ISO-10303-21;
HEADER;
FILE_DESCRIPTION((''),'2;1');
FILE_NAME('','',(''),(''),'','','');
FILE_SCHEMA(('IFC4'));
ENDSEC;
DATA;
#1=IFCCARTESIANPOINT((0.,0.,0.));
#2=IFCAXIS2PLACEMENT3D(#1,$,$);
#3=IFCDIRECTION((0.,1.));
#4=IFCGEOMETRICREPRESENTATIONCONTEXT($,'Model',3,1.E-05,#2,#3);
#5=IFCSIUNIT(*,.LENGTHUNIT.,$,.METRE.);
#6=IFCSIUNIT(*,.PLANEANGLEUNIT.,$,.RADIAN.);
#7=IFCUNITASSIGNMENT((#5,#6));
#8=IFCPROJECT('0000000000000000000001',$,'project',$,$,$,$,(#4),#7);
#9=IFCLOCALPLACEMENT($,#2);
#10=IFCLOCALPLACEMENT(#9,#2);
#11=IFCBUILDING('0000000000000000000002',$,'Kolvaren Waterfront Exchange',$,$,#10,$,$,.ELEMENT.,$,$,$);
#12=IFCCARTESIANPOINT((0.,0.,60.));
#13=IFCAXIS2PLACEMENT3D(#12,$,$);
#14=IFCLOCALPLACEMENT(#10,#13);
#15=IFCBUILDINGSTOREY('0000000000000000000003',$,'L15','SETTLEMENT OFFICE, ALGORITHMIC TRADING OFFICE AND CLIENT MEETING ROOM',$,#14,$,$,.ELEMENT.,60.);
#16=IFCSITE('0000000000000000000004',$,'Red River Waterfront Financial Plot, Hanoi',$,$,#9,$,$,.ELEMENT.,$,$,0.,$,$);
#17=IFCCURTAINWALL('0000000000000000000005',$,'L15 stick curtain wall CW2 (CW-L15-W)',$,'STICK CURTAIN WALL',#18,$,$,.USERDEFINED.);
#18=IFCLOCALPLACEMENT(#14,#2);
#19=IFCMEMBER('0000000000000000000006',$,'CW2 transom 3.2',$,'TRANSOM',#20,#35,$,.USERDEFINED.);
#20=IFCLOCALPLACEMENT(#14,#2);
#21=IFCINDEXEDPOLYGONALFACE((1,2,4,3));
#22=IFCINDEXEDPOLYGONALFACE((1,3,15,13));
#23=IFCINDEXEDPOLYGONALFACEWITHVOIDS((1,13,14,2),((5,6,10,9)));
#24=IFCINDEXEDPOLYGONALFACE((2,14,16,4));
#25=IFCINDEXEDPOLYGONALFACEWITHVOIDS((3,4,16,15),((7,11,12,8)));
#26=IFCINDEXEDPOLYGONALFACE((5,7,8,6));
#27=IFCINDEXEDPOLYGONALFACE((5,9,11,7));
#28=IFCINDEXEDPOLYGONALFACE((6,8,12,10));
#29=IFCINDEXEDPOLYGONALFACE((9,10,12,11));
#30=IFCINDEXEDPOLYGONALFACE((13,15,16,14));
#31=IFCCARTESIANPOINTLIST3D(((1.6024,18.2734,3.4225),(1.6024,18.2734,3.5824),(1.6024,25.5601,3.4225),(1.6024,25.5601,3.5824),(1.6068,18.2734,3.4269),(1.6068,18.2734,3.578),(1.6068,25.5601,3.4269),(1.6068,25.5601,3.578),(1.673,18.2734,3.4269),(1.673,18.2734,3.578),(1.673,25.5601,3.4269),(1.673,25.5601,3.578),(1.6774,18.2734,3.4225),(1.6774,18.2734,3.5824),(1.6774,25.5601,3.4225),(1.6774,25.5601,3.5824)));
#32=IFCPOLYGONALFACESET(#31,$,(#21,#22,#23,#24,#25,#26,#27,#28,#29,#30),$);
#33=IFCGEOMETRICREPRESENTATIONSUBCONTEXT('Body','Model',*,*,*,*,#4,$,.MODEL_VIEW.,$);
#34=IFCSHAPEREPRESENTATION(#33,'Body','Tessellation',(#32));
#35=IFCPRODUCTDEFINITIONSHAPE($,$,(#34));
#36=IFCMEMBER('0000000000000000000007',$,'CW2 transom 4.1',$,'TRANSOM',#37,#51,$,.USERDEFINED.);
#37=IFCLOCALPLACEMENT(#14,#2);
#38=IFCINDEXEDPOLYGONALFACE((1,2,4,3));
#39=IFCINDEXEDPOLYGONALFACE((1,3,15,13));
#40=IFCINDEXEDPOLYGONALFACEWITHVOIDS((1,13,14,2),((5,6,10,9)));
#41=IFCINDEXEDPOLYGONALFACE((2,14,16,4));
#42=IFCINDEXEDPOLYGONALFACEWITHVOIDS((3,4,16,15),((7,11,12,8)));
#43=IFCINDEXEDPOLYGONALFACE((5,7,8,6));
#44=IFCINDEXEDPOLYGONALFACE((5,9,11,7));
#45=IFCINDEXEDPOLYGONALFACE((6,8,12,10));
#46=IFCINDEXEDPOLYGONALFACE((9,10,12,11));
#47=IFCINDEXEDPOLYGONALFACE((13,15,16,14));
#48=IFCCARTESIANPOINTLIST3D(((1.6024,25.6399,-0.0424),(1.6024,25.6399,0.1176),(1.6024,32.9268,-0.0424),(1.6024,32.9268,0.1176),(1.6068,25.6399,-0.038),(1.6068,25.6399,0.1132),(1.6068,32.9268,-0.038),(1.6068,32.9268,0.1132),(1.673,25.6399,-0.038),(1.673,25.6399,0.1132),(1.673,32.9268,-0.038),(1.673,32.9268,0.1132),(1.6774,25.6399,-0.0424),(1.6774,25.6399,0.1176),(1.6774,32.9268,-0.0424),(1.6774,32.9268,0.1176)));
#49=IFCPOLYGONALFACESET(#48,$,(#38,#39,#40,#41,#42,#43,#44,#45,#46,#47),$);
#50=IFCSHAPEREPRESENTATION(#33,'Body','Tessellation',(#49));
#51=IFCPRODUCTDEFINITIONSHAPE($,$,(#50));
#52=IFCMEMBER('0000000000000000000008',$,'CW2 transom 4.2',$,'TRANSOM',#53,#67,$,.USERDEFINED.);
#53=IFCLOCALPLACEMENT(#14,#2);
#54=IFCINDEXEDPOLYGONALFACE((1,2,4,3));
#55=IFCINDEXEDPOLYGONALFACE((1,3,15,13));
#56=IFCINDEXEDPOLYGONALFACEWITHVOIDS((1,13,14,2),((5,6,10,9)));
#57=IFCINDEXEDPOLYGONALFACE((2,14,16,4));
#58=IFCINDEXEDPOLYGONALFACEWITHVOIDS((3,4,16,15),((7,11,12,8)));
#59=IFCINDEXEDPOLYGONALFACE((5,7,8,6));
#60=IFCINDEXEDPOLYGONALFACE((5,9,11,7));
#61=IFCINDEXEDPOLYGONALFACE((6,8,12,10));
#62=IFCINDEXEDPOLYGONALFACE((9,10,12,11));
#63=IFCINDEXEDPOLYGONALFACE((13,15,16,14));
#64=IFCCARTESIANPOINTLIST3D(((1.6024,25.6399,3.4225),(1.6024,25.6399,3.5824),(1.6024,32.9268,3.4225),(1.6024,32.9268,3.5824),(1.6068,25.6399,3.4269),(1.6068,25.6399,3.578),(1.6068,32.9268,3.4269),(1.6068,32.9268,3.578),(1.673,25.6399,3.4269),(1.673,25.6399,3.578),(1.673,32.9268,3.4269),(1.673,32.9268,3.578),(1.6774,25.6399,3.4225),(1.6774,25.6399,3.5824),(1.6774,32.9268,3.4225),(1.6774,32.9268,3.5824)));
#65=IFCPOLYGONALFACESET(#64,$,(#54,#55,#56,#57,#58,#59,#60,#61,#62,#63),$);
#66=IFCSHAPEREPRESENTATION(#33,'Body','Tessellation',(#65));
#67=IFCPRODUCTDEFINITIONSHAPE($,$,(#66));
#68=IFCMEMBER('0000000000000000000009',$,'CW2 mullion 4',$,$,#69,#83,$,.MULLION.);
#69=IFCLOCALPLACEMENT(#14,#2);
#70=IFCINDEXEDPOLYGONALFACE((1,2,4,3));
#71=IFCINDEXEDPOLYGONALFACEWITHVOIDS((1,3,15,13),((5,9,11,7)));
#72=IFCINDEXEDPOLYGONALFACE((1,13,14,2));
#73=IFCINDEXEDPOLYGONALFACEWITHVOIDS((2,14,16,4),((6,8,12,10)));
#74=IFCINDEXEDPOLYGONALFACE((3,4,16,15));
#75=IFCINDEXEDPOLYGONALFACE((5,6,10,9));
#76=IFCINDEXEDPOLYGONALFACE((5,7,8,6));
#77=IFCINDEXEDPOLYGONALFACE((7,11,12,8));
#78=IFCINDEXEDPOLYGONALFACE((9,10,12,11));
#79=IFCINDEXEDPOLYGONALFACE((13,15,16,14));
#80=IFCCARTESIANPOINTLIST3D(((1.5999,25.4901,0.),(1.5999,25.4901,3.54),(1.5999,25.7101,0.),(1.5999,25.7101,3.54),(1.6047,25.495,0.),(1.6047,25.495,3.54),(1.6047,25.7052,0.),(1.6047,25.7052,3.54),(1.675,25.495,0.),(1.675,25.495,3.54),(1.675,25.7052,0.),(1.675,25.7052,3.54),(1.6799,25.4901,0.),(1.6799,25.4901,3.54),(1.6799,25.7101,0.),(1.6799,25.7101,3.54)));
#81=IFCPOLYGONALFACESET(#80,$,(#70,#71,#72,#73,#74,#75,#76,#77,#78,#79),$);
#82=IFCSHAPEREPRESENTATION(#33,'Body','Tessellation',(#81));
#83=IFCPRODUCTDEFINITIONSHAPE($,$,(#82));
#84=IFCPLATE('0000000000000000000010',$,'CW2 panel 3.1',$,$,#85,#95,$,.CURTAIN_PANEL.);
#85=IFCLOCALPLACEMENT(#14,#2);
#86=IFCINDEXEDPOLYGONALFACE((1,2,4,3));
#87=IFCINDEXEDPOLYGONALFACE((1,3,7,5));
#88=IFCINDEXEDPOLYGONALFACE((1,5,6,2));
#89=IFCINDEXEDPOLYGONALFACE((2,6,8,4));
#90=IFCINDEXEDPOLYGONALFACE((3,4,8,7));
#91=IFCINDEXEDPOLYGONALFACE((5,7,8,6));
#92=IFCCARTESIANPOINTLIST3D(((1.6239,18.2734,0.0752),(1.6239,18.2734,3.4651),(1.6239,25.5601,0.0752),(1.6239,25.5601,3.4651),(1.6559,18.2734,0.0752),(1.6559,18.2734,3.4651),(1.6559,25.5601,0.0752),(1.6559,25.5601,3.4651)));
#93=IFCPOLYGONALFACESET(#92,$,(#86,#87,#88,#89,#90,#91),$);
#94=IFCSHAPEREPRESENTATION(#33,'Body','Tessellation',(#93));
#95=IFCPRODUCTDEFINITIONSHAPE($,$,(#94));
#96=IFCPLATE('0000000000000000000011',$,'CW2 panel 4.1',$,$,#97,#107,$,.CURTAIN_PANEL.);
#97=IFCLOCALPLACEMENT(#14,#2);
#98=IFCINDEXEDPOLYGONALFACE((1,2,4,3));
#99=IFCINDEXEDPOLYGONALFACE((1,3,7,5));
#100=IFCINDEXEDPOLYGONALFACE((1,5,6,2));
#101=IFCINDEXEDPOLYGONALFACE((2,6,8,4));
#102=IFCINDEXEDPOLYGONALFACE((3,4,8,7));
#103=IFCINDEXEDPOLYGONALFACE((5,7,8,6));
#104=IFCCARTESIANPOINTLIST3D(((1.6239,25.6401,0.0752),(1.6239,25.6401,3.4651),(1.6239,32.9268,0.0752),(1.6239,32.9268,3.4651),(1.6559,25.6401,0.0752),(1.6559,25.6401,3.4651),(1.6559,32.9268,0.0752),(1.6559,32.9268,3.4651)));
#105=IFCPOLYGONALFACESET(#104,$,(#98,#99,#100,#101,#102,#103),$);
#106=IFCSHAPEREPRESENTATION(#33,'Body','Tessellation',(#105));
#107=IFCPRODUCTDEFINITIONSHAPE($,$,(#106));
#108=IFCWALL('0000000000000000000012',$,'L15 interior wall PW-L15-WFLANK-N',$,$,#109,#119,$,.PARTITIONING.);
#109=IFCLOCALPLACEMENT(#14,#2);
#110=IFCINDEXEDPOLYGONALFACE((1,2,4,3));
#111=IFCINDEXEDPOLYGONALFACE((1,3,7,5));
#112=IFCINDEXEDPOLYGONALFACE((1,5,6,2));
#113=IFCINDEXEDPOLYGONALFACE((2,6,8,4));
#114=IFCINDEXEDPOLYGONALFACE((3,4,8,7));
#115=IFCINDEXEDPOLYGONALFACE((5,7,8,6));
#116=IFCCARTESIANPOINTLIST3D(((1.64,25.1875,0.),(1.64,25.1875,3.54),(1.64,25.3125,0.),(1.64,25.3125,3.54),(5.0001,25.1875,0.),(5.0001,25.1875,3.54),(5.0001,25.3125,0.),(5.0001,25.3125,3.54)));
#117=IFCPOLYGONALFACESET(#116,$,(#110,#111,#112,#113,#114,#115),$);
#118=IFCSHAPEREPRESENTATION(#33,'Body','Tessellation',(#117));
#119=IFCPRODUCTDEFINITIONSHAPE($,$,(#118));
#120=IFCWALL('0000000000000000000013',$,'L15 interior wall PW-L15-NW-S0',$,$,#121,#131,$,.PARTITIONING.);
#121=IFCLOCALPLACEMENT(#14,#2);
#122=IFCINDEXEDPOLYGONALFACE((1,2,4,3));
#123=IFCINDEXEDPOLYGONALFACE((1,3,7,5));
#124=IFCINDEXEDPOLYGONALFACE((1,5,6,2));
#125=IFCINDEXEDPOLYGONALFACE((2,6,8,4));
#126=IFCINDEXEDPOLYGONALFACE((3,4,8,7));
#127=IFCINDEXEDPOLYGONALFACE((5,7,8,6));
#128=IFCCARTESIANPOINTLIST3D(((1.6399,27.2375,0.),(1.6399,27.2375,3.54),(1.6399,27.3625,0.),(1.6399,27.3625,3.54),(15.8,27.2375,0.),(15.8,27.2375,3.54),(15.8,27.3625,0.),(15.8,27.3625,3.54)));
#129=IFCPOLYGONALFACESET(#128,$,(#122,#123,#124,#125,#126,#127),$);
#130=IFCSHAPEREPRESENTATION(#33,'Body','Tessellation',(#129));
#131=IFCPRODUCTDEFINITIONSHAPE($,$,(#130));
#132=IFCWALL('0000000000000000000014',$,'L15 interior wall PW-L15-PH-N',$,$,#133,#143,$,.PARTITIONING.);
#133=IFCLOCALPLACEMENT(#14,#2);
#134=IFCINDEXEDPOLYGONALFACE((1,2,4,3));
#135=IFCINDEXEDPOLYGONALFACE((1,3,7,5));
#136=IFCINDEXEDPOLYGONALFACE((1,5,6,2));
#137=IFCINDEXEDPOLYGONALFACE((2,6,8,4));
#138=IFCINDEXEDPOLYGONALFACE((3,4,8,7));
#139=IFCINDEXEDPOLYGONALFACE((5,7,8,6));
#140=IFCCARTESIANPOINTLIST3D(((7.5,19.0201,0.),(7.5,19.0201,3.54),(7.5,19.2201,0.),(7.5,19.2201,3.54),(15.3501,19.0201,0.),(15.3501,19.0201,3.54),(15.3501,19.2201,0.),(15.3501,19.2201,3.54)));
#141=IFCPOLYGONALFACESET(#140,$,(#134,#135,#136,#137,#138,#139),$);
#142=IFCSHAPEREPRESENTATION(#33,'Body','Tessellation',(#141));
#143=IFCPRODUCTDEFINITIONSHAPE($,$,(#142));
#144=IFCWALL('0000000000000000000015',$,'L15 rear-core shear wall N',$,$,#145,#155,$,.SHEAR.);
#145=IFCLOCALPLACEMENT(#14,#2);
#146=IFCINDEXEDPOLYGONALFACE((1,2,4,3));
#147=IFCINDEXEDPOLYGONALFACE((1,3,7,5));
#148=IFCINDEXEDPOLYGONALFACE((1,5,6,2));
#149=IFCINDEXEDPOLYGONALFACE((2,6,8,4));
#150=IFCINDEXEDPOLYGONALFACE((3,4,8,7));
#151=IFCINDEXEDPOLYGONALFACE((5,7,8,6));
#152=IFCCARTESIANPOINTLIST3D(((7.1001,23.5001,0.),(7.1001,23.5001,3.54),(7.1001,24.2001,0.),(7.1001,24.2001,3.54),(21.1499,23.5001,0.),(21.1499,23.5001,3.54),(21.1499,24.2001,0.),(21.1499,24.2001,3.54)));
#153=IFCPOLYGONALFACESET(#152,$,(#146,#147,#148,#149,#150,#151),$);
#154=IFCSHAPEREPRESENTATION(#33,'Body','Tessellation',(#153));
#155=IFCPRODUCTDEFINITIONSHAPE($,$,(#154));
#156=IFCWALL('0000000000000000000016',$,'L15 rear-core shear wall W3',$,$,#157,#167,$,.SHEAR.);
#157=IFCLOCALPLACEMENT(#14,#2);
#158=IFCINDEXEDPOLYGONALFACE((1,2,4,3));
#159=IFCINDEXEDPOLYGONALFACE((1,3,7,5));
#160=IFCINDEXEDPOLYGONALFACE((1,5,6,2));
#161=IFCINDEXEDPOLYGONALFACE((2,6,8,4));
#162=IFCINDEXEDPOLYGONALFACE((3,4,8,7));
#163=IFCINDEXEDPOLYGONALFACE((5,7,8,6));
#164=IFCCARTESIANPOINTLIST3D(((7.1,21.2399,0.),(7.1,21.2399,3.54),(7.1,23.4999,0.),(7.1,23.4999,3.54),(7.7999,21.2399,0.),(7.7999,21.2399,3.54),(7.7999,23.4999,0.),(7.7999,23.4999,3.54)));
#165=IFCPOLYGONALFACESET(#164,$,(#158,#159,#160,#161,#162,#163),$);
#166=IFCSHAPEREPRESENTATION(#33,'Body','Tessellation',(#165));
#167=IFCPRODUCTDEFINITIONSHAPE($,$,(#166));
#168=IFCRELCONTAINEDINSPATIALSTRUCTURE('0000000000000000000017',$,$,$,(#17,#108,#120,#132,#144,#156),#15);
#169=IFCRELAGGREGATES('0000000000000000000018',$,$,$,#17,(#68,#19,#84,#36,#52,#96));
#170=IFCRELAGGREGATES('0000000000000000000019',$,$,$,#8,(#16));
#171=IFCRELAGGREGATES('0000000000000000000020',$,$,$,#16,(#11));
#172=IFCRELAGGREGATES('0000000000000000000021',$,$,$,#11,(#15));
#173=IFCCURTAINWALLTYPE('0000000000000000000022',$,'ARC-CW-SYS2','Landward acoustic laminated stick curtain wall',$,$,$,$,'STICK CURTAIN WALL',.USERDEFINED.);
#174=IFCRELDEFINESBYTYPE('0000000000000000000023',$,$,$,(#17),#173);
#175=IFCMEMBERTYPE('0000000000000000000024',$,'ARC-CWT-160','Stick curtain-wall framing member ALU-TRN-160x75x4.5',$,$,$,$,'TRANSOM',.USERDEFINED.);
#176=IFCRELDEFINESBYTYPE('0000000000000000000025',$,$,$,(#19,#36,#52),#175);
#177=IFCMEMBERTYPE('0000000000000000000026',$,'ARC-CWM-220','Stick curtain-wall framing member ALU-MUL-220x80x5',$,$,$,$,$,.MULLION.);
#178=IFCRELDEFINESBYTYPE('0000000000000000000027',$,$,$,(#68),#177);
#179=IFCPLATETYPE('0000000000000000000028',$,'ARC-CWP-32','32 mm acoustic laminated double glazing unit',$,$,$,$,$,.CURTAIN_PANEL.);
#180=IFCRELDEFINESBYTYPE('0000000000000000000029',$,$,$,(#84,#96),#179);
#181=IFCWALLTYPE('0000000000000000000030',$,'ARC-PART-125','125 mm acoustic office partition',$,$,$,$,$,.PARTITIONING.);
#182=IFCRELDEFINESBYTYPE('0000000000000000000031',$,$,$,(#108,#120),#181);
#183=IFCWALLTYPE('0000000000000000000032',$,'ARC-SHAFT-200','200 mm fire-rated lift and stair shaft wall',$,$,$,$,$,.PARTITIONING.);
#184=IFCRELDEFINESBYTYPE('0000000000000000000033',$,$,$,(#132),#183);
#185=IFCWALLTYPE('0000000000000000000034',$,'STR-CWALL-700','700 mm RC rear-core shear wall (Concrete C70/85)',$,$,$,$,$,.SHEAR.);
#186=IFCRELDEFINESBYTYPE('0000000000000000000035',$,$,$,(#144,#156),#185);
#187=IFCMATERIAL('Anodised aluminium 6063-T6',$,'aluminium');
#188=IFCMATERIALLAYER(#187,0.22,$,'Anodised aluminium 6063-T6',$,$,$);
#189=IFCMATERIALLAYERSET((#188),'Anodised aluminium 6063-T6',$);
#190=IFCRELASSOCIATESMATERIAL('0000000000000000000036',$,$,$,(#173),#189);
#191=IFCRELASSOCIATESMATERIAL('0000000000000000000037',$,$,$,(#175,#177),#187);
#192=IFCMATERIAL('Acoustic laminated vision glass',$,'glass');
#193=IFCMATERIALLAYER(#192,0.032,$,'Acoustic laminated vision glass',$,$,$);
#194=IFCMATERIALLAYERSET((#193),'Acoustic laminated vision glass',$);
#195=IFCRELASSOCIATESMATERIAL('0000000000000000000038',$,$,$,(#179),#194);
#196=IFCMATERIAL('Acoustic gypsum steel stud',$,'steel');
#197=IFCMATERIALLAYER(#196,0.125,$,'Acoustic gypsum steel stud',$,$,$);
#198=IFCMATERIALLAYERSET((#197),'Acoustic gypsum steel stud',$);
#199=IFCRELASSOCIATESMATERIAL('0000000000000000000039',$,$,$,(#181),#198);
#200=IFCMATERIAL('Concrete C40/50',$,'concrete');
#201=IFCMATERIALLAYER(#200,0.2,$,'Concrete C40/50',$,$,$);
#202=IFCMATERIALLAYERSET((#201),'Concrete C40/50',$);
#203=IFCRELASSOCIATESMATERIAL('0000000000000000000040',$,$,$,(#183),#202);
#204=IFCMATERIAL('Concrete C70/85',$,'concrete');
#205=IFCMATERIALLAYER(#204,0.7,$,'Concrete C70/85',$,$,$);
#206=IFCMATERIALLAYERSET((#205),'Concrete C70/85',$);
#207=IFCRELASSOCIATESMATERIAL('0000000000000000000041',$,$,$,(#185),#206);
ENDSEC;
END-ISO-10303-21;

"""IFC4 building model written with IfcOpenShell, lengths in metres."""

from ifc_helpers import new_model, si_unit, direction, frame, frame_2d, origin, origin_with_axes, origin_2d, place, context, subcontext, project, spatial, rectangle, hollow_rectangle, extrude, source, transform, mapped, material, layer, layer_set, material_profile, profile_set, type_object, element, aggregate, save


model = new_model("IFC4")

# Units and contexts
model_context = context("Model", 3, precision=1e-05, world=origin(), true_north=direction((0.0, 1.0)))
body_context = subcontext(model_context, "Body", "Model", "MODEL_VIEW")
ifc_project = project(units=[si_unit("LENGTHUNIT", "METRE"), si_unit("PLANEANGLEUNIT", "RADIAN")], contexts=[model_context])

# Site, building, storey
site_placement = place(None, origin())
site = spatial("IfcSite", under=ifc_project, at=site_placement, Name="Red River Waterfront Financial Plot, Hanoi", CompositionType="ELEMENT", RefElevation=0.0)
building_placement = place(site_placement, origin())
building = spatial("IfcBuilding", under=site, at=building_placement, Name="Kolvaren Waterfront Exchange", CompositionType="ELEMENT")
storey_placement = place(building_placement, frame((0.0, 0.0, 60.0)))
storey = spatial("IfcBuildingStorey", under=building, at=storey_placement, Name="L15", Description="SETTLEMENT OFFICE, ALGORITHMIC TRADING OFFICE AND CLIENT MEETING ROOM", CompositionType="ELEMENT", Elevation=60.0)

# Shared definitions
ifc_material_1 = material(Name="Concrete C70/85", Category="concrete")

# Curtain wall, members, plates
ifc_material_2 = material(Name="Anodised aluminium 6063-T6", Category="aluminium")
ifc_layer_1 = layer(ifc_material_2, 0.22, Name="Anodised aluminium 6063-T6")
ifc_layer_set_1 = layer_set([ifc_layer_1], Name="Anodised aluminium 6063-T6")
curtain_wall_type = type_object("IfcCurtainWallType", Name="ARC-CW-SYS2", Description="Landward acoustic laminated stick curtain wall", ElementType="STICK CURTAIN WALL", PredefinedType="USERDEFINED", material=ifc_layer_set_1)
curtain_wall_placement = place(storey_placement, origin())
curtain_wall = element("IfcCurtainWall", 1, at=curtain_wall_placement, inside=storey, type_object=curtain_wall_type, Name="L15 stick curtain wall CW2 (CW-L15-W)", ObjectType="STICK CURTAIN WALL", PredefinedType="USERDEFINED")
ifc_material_profile_1 = material_profile(ifc_material_2, hollow_rectangle(XDim=0.075, YDim=0.1599, WallThickness=0.0044, at=origin_2d()), Name="ALU-TRN-160x75x4.5")
ifc_profile_set_1 = profile_set([ifc_material_profile_1], Name="Anodised aluminium 6063-T6")
member_type_1 = type_object("IfcMemberType", Name="ARC-CWT-160", Description="Stick curtain-wall framing member ALU-TRN-160x75x4.5", ElementType="TRANSOM", PredefinedType="USERDEFINED", material=ifc_profile_set_1)
shared_shape_1 = source(origin_with_axes(), body_context, "Body", "SweptSolid", [
    extrude(hollow_rectangle(XDim=0.075, YDim=0.1599, WallThickness=0.0044, at=origin_2d()), origin(), (0.0, 0.0, 1.0), 7.2866),
])
member_1_placement = place(storey_placement, frame((1.6399, 18.2734, 3.5024), z_axis=(0.0, 1.0, 0.0), x_axis=(-1.0, 0.0, 0.0)))
member_1 = element("IfcMember", 2, at=member_1_placement, type_object=member_type_1, Name="CW2 transom 3.2", ObjectType="TRANSOM", PredefinedType="USERDEFINED", context=body_context, shape_type="MappedRepresentation", body=[
    mapped(shared_shape_1, transform((0.0, 0.0, 0.0), x_axis=(1.0, 0.0, 0.0), y_axis=(0.0, 1.0, 0.0), z_axis=(0.0, 0.0, 1.0), scale=1.0)),
])
shared_shape_2 = source(origin_with_axes(), body_context, "Body", "SweptSolid", [
    extrude(hollow_rectangle(XDim=0.075, YDim=0.1599, WallThickness=0.0044, at=origin_2d()), origin(), (0.0, 0.0, 1.0), 7.2869),
])
member_2_placement = place(storey_placement, frame((1.6399, 25.6399, 0.0376), z_axis=(0.0, 1.0, 0.0), x_axis=(-1.0, 0.0, 0.0)))
member_2 = element("IfcMember", 3, at=member_2_placement, type_object=member_type_1, Name="CW2 transom 4.1", ObjectType="TRANSOM", PredefinedType="USERDEFINED", context=body_context, shape_type="MappedRepresentation", body=[
    mapped(shared_shape_2, transform((0.0, 0.0, 0.0), x_axis=(1.0, 0.0, 0.0), y_axis=(0.0, 1.0, 0.0), z_axis=(0.0, 0.0, 1.0), scale=1.0)),
])
member_3_placement = place(storey_placement, frame((1.6399, 25.6399, 3.5024), z_axis=(0.0, 1.0, 0.0), x_axis=(-1.0, 0.0, 0.0)))
member_3 = element("IfcMember", 4, at=member_3_placement, type_object=member_type_1, Name="CW2 transom 4.2", ObjectType="TRANSOM", PredefinedType="USERDEFINED", context=body_context, shape_type="MappedRepresentation", body=[
    mapped(shared_shape_2, transform((0.0, 0.0, 0.0), x_axis=(1.0, 0.0, 0.0), y_axis=(0.0, 1.0, 0.0), z_axis=(0.0, 0.0, 1.0), scale=1.0)),
])
ifc_material_profile_2 = material_profile(ifc_material_2, hollow_rectangle(XDim=0.0801, YDim=0.22, WallThickness=0.0049, at=origin_2d()), Name="ALU-MUL-220x80x5")
ifc_profile_set_2 = profile_set([ifc_material_profile_2], Name="Anodised aluminium 6063-T6")
member_type_2 = type_object("IfcMemberType", Name="ARC-CWM-220", Description="Stick curtain-wall framing member ALU-MUL-220x80x5", PredefinedType="MULLION", material=ifc_profile_set_2)
shared_shape_3 = source(origin_with_axes(), body_context, "Body", "SweptSolid", [
    extrude(hollow_rectangle(XDim=0.0801, YDim=0.22, WallThickness=0.0049, at=origin_2d()), origin(), (0.0, 0.0, 1.0), 3.54),
])
member_4_placement = place(storey_placement, frame((1.6399, 25.6001, 0.0), z_axis=(0.0, 0.0, 1.0), x_axis=(-1.0, 0.0, 0.0)))
member_4 = element("IfcMember", 5, at=member_4_placement, type_object=member_type_2, Name="CW2 mullion 4", PredefinedType="MULLION", context=body_context, shape_type="MappedRepresentation", body=[
    mapped(shared_shape_3, transform((0.0, 0.0, 0.0), x_axis=(1.0, 0.0, 0.0), y_axis=(0.0, 1.0, 0.0), z_axis=(0.0, 0.0, 1.0), scale=1.0)),
])
ifc_material_3 = material(Name="Acoustic laminated vision glass", Category="glass")
ifc_layer_2 = layer(ifc_material_3, 0.032, Name="Acoustic laminated vision glass")
ifc_layer_set_2 = layer_set([ifc_layer_2], Name="Acoustic laminated vision glass")
plate_type = type_object("IfcPlateType", Name="ARC-CWP-32", Description="32 mm acoustic laminated double glazing unit", PredefinedType="CURTAIN_PANEL", material=ifc_layer_set_2)
shared_shape_4 = source(origin_with_axes(), body_context, "Body", "SweptSolid", [
    extrude(rectangle(XDim=7.2866, YDim=0.032, at=origin_2d()), origin(), (0.0, 0.0, 1.0), 3.3899),
])
plate_1_placement = place(storey_placement, frame((1.6399, 21.9167, 0.0752), z_axis=(0.0, 0.0, 1.0), x_axis=(0.0, 1.0, 0.0)))
plate_1 = element("IfcPlate", 6, at=plate_1_placement, type_object=plate_type, Name="CW2 panel 3.1", PredefinedType="CURTAIN_PANEL", context=body_context, shape_type="MappedRepresentation", body=[
    mapped(shared_shape_4, transform((0.0, 0.0, 0.0), x_axis=(1.0, 0.0, 0.0), y_axis=(0.0, 1.0, 0.0), z_axis=(0.0, 0.0, 1.0), scale=1.0)),
])
plate_2_placement = place(storey_placement, frame((1.6399, 29.2834, 0.0752), z_axis=(0.0, 0.0, 1.0), x_axis=(0.0, 1.0, 0.0)))
plate_2 = element("IfcPlate", 7, at=plate_2_placement, type_object=plate_type, Name="CW2 panel 4.1", PredefinedType="CURTAIN_PANEL", context=body_context, shape_type="MappedRepresentation", body=[
    mapped(shared_shape_4, transform((0.0, 0.0, 0.0), x_axis=(1.0, 0.0, 0.0), y_axis=(0.0, 1.0, 0.0), z_axis=(0.0, 0.0, 1.0), scale=1.0)),
])
aggregate(curtain_wall, [member_4, member_1, plate_1, member_2, member_3, plate_2])

# Walls
ifc_material_4 = material(Name="Acoustic gypsum steel stud", Category="steel")
ifc_layer_3 = layer(ifc_material_4, 0.125, Name="Acoustic gypsum steel stud")
ifc_layer_set_3 = layer_set([ifc_layer_3], Name="Acoustic gypsum steel stud")
wall_type_1 = type_object("IfcWallType", Name="ARC-PART-125", Description="125 mm acoustic office partition", PredefinedType="PARTITIONING", material=ifc_layer_set_3)
wall_1_placement = place(storey_placement, frame((1.6399, 25.25, 0.0), z_axis=(0.0, 0.0, 1.0), x_axis=(1.0, 0.0, 0.0)))
element("IfcWall", 8, at=wall_1_placement, inside=storey, type_object=wall_type_1, Name="L15 interior wall PW-L15-WFLANK-N", PredefinedType="PARTITIONING", context=body_context, shape_type="SweptSolid", body=[
    extrude(rectangle(XDim=3.3601, YDim=0.125, at=frame_2d((1.6802, 0.0))), origin(), (0.0, 0.0, 1.0), 3.54),
])
wall_2_placement = place(storey_placement, frame((1.6399, 27.3, 0.0), z_axis=(0.0, 0.0, 1.0), x_axis=(1.0, 0.0, 0.0)))
element("IfcWall", 9, at=wall_2_placement, inside=storey, type_object=wall_type_1, Name="L15 interior wall PW-L15-NW-S0", PredefinedType="PARTITIONING", context=body_context, shape_type="SweptSolid", body=[
    extrude(rectangle(XDim=14.1602, YDim=0.125, at=frame_2d((7.0801, 0.0))), origin(), (0.0, 0.0, 1.0), 3.54),
])
ifc_material_5 = material(Name="Concrete C40/50", Category="concrete")
ifc_layer_4 = layer(ifc_material_5, 0.2, Name="Concrete C40/50")
ifc_layer_set_4 = layer_set([ifc_layer_4], Name="Concrete C40/50")
wall_type_2 = type_object("IfcWallType", Name="ARC-SHAFT-200", Description="200 mm fire-rated lift and stair shaft wall", PredefinedType="PARTITIONING", material=ifc_layer_set_4)
wall_3_placement = place(storey_placement, frame((7.5, 19.1201, 0.0), z_axis=(0.0, 0.0, 1.0), x_axis=(1.0, 0.0, 0.0)))
element("IfcWall", 10, at=wall_3_placement, inside=storey, type_object=wall_type_2, Name="L15 interior wall PW-L15-PH-N", PredefinedType="PARTITIONING", context=body_context, shape_type="SweptSolid", body=[
    extrude(rectangle(XDim=7.8501, YDim=0.2, at=frame_2d((3.925, 0.0))), origin(), (0.0, 0.0, 1.0), 3.54),
])
ifc_layer_5 = layer(ifc_material_1, 0.7, Name="Concrete C70/85")
ifc_layer_set_5 = layer_set([ifc_layer_5], Name="Concrete C70/85")
wall_type_3 = type_object("IfcWallType", Name="STR-CWALL-700", Description="700 mm RC rear-core shear wall (Concrete C70/85)", PredefinedType="SHEAR", material=ifc_layer_set_5)
wall_4_placement = place(storey_placement, frame((7.1001, 23.8501, 0.0), z_axis=(0.0, 0.0, 1.0), x_axis=(1.0, 0.0, 0.0)))
element("IfcWall", 11, at=wall_4_placement, inside=storey, type_object=wall_type_3, Name="L15 rear-core shear wall N", PredefinedType="SHEAR", context=body_context, shape_type="SweptSolid", body=[
    extrude(rectangle(XDim=14.0498, YDim=0.7, at=frame_2d((7.0249, 0.0))), origin(), (0.0, 0.0, 1.0), 3.54),
])
wall_5_placement = place(storey_placement, frame((7.45, 21.24, 0.0), z_axis=(0.0, 0.0, 1.0), x_axis=(0.0, 1.0, 0.0)))
element("IfcWall", 12, at=wall_5_placement, inside=storey, type_object=wall_type_3, Name="L15 rear-core shear wall W3", PredefinedType="SHEAR", context=body_context, shape_type="SweptSolid", body=[
    extrude(rectangle(XDim=2.26, YDim=0.7, at=frame_2d((1.1299, 0.0))), origin(), (0.0, 0.0, 1.0), 3.54),
])

save(model, "model.ifc")
